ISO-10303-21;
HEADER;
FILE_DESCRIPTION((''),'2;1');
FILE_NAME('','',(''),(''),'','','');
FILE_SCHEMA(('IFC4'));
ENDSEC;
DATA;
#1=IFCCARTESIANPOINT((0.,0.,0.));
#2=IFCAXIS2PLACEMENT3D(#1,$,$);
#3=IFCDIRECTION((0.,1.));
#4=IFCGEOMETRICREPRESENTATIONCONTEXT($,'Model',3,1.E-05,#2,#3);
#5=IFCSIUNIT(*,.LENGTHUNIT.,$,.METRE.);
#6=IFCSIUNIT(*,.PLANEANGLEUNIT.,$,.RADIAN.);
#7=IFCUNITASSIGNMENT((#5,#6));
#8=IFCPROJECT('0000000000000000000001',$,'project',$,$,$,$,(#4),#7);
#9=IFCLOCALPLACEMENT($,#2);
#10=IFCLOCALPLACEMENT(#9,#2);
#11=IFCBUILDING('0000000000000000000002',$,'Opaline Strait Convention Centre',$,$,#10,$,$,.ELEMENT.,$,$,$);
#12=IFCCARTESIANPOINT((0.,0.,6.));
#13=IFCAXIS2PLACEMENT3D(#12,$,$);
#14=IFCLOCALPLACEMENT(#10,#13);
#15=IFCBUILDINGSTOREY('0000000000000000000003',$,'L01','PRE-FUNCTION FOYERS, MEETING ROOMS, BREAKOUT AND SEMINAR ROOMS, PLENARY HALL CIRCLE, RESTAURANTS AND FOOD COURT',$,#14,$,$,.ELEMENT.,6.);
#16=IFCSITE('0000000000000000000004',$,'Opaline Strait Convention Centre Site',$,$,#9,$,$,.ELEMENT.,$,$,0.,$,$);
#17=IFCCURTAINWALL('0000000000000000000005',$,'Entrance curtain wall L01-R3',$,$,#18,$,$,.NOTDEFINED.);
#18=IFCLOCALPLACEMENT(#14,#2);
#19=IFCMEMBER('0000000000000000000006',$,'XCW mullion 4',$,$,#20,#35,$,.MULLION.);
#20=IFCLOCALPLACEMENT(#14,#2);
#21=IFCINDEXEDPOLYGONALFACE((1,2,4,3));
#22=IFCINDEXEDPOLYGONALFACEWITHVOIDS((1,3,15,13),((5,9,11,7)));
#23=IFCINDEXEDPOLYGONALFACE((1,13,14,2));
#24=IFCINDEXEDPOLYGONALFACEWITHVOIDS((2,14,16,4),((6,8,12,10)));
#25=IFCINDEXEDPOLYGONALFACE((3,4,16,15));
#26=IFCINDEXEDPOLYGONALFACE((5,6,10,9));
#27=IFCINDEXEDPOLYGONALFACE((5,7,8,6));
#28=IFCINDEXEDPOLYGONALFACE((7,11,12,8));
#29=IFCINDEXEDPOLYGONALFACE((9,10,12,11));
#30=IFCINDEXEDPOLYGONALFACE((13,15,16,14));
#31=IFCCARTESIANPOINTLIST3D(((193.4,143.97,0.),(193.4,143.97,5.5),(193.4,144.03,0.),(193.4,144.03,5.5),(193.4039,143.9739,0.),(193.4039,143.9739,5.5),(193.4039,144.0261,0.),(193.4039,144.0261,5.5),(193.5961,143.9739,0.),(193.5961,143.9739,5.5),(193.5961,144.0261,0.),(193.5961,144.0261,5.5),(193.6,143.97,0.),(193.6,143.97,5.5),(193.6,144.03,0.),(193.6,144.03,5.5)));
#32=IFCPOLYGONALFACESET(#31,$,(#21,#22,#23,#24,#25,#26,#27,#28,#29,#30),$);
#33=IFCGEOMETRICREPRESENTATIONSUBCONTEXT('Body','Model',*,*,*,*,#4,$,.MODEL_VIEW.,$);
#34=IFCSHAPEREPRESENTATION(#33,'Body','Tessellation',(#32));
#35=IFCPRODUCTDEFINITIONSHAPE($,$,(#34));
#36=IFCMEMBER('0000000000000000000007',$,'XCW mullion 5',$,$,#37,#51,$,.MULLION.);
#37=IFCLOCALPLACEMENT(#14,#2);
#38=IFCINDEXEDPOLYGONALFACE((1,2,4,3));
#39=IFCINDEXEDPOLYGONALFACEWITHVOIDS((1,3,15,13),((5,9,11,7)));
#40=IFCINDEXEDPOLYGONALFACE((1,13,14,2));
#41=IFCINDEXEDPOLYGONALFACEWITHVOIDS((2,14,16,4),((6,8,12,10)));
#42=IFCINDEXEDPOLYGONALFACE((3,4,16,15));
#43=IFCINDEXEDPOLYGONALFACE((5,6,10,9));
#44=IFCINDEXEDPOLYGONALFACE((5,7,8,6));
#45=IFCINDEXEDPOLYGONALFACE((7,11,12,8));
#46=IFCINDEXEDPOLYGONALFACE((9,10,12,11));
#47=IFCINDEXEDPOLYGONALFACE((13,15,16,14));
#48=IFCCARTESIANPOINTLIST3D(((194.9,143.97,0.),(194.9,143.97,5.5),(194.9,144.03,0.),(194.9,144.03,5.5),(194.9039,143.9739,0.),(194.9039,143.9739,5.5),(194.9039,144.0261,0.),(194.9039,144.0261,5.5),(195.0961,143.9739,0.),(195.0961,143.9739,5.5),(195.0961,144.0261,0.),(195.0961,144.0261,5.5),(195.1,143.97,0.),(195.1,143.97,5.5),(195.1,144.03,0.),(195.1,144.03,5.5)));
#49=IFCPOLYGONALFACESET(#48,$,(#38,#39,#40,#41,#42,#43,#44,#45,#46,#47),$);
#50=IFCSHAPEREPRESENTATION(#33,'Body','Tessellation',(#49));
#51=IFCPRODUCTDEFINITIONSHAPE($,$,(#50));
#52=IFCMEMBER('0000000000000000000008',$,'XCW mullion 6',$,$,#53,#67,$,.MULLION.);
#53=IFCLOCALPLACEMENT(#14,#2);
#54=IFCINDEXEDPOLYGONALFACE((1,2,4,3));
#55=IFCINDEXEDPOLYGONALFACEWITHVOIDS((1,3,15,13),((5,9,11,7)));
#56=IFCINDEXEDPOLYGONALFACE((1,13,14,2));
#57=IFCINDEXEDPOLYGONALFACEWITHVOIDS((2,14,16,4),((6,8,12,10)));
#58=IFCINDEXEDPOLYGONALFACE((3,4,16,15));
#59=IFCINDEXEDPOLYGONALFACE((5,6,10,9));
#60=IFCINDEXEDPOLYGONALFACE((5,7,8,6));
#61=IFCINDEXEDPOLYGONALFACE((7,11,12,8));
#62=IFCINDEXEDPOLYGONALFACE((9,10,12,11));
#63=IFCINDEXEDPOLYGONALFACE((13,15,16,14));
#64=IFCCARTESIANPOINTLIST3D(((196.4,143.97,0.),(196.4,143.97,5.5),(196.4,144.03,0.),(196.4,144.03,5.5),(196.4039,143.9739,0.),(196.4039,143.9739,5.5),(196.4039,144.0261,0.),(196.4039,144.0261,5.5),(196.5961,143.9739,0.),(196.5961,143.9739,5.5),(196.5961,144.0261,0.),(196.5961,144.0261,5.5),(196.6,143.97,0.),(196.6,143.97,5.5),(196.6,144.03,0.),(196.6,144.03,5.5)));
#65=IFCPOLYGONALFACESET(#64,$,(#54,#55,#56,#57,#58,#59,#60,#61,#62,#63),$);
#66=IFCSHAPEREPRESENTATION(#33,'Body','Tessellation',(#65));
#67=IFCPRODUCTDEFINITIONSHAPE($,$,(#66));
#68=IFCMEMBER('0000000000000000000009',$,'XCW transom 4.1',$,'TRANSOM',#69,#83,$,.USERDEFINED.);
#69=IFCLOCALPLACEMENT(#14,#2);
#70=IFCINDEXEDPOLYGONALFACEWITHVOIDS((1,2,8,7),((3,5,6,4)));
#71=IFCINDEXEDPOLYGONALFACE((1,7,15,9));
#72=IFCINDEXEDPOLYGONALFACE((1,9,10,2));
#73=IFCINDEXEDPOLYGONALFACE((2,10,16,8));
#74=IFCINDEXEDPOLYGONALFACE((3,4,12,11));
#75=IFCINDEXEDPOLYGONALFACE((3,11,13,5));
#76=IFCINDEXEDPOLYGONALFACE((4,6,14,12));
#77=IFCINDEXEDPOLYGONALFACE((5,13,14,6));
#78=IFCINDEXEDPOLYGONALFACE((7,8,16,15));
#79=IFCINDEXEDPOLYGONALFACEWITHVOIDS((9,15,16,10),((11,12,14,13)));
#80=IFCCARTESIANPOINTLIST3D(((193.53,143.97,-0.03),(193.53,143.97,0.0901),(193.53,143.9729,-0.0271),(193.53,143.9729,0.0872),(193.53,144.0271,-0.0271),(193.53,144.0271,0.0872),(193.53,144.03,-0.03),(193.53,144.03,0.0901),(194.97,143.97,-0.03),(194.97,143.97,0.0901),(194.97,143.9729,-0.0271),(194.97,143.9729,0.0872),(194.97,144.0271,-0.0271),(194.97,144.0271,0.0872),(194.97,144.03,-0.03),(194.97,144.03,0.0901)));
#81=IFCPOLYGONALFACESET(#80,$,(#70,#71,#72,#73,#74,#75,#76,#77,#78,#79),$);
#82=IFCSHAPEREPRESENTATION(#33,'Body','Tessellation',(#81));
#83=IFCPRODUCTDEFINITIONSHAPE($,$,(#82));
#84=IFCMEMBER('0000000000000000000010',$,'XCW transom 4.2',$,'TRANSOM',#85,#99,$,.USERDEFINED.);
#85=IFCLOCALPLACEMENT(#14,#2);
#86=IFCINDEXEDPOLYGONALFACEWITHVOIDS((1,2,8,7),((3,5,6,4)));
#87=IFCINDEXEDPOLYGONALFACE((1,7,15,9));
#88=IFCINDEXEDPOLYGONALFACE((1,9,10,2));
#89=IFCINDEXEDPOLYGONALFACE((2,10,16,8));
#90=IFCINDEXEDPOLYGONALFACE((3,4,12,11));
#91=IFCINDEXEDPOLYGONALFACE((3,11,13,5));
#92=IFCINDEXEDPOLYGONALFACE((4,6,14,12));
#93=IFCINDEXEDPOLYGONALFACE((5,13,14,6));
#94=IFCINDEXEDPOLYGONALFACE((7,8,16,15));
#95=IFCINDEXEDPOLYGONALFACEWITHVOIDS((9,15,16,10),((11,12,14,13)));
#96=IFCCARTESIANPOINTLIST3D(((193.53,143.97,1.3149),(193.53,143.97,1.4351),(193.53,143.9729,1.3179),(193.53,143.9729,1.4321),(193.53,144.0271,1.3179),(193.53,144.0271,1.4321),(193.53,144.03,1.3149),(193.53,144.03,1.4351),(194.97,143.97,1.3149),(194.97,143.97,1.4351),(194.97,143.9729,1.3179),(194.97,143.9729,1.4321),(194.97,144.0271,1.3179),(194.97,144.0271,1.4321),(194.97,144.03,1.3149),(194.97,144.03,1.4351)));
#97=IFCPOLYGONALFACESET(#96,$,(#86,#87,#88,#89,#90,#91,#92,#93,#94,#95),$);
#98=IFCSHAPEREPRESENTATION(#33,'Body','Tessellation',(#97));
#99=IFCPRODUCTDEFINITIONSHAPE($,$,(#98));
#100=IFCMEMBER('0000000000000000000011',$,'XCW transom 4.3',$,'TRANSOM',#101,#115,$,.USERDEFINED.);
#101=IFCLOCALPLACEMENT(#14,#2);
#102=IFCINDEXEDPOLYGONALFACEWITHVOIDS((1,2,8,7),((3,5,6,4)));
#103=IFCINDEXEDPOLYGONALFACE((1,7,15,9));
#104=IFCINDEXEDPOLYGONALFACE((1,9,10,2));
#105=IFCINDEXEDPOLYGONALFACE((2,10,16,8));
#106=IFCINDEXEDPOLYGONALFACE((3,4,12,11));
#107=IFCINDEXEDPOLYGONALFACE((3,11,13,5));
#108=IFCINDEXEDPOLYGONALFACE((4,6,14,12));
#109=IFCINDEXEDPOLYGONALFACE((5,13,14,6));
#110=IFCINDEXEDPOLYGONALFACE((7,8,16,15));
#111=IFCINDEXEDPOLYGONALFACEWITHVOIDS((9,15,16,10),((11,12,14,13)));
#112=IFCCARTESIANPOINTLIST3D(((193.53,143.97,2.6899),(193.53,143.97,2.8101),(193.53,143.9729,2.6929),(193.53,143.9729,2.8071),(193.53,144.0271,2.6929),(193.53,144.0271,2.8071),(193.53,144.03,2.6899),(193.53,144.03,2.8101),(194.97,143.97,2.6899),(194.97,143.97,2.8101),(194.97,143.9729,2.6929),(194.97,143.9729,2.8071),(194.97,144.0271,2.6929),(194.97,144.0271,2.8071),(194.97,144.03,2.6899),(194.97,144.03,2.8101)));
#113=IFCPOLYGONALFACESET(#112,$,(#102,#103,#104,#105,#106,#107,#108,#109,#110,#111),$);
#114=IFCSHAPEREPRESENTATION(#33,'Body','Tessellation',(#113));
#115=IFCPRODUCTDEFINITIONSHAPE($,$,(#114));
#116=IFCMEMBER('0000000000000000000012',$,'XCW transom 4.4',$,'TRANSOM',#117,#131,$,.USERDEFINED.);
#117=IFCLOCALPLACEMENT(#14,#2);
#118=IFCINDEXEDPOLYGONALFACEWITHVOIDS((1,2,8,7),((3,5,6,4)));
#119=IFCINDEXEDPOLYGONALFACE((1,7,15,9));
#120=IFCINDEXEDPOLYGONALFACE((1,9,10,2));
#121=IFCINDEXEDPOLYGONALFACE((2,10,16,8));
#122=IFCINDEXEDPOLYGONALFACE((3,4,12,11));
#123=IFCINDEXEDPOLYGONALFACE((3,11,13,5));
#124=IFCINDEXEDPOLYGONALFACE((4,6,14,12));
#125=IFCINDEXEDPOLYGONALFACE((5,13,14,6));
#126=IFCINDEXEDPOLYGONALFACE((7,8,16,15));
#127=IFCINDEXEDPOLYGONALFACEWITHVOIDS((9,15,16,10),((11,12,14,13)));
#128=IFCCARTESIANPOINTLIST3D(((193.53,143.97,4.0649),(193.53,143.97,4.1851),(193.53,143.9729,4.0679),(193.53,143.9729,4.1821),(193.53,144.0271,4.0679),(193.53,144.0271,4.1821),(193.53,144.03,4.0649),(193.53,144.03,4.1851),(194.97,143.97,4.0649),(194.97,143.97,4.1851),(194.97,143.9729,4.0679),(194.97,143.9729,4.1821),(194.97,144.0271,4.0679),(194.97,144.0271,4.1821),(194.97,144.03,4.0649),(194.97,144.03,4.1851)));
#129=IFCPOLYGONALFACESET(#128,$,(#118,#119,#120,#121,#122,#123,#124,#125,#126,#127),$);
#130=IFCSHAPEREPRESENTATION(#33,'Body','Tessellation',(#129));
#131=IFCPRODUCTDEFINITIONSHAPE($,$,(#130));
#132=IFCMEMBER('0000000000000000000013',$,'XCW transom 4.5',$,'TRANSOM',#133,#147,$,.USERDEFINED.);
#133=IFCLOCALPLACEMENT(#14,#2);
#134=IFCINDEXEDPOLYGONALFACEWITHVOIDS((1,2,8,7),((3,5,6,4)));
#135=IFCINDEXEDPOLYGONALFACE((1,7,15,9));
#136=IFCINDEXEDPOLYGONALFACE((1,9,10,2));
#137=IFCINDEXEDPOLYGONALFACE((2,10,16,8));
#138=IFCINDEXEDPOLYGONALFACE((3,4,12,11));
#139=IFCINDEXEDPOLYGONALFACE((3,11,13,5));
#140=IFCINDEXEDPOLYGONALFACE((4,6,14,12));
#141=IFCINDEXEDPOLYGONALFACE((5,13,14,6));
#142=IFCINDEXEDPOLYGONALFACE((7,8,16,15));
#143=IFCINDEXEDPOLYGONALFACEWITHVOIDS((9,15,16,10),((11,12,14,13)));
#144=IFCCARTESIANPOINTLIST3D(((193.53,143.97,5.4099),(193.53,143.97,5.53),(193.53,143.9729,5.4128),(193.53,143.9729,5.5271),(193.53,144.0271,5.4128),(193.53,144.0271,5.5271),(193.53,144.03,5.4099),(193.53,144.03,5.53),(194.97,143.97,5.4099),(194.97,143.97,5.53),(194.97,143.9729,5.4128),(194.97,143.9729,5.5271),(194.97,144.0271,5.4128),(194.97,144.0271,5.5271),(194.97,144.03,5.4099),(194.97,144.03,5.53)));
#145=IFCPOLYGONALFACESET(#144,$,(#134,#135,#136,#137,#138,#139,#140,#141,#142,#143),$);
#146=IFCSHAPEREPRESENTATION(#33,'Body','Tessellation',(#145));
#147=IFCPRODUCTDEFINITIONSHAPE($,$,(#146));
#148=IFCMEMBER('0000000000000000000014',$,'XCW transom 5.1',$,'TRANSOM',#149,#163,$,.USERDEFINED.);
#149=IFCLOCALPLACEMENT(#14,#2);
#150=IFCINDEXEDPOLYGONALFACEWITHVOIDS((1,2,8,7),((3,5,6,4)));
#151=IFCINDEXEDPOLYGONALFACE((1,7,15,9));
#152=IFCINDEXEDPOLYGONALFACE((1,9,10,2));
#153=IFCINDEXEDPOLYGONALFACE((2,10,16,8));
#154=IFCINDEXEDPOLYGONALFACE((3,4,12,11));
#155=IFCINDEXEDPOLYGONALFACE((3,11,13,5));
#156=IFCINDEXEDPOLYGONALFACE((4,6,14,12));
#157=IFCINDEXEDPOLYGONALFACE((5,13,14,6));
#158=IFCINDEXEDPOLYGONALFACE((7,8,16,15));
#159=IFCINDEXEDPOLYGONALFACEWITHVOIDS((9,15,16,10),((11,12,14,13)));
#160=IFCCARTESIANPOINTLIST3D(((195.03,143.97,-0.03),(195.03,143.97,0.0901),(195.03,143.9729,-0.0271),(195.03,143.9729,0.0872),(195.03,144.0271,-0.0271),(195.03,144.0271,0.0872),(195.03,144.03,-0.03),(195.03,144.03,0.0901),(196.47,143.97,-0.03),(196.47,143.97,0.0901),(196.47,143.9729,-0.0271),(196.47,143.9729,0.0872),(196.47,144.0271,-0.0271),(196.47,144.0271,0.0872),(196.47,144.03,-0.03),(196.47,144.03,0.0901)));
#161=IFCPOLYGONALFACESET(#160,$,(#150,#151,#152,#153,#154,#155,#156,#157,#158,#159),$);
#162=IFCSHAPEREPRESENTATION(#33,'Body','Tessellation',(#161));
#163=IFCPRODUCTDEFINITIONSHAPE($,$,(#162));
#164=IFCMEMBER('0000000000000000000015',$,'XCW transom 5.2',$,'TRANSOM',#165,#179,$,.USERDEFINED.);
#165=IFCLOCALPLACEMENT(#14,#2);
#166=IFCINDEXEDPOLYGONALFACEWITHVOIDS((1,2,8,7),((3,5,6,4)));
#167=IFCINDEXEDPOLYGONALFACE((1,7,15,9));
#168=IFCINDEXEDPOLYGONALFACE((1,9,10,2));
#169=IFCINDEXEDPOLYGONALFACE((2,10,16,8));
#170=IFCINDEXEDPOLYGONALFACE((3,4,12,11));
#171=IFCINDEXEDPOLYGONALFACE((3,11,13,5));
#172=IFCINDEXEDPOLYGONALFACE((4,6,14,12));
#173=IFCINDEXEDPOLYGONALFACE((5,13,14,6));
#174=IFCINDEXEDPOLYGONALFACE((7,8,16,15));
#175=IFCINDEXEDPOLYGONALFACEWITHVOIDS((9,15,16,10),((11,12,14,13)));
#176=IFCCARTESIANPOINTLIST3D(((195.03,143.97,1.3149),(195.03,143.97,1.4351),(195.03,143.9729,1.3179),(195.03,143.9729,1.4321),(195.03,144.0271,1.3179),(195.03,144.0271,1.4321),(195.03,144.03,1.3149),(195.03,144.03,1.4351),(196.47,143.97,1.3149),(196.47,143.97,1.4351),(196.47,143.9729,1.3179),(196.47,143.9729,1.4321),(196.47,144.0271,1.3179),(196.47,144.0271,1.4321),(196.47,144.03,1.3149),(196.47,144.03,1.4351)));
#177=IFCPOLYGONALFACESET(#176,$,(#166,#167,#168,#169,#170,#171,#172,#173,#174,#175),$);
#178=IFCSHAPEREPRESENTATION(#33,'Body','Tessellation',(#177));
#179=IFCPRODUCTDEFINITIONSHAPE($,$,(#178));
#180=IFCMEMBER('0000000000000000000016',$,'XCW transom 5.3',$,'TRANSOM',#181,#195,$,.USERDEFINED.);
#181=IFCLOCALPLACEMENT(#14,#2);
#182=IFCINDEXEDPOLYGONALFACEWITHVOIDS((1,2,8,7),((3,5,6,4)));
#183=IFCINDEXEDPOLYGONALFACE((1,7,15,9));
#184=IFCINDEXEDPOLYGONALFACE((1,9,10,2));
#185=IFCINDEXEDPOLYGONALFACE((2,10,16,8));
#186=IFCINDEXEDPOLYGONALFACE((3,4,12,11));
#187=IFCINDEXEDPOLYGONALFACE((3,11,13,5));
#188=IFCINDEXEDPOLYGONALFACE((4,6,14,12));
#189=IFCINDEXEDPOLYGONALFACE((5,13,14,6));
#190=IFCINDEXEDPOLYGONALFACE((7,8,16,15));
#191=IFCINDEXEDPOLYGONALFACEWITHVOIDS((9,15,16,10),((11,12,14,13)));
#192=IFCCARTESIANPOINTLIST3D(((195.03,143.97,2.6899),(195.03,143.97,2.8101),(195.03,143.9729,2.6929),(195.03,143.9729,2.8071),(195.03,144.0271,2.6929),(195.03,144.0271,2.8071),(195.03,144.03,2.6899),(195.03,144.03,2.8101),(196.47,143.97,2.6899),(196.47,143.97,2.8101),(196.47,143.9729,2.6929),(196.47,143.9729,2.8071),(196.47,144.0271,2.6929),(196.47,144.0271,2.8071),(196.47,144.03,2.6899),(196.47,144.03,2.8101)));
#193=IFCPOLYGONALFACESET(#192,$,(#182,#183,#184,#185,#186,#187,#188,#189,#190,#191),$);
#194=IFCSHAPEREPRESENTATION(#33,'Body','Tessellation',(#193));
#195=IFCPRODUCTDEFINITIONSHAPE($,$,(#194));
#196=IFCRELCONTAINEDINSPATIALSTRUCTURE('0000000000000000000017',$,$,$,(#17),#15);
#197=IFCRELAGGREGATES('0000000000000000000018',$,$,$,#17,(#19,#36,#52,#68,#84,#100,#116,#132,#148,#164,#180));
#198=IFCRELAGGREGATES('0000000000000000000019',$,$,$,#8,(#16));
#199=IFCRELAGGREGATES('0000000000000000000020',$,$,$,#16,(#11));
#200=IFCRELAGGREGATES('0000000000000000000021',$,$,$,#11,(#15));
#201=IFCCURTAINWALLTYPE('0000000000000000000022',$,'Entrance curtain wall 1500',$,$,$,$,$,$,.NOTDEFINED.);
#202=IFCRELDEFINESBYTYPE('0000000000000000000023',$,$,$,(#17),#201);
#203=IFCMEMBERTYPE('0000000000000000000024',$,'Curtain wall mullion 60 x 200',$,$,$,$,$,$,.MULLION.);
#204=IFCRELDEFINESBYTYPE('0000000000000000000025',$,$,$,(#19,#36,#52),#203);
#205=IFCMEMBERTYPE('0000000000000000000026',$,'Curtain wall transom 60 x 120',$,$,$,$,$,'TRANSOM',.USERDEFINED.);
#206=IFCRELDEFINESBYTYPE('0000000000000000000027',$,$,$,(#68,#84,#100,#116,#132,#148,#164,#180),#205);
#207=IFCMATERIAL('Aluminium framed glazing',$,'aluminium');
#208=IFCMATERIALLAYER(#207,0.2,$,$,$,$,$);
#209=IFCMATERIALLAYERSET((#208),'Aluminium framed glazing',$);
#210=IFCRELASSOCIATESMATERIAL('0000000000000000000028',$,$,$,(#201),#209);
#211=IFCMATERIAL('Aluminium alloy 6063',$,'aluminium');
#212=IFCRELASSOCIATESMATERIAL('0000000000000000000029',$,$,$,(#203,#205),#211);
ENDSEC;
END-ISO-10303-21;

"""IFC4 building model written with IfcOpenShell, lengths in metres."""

from ifc_helpers import new_model, si_unit, direction, frame, origin, origin_2d, place, context, subcontext, project, spatial, hollow_rectangle, extrude, material, layer, layer_set, material_profile, profile_set, type_object, element, aggregate, save


model = new_model("IFC4")

# Units and contexts
model_context = context("Model", 3, precision=1e-05, world=origin(), true_north=direction((0.0, 1.0)))
body_context = subcontext(model_context, "Body", "Model", "MODEL_VIEW")
ifc_project = project(units=[si_unit("LENGTHUNIT", "METRE"), si_unit("PLANEANGLEUNIT", "RADIAN")], contexts=[model_context])

# Site, building, storey
site_placement = place(None, origin())
site = spatial("IfcSite", under=ifc_project, at=site_placement, Name="Opaline Strait Convention Centre Site", CompositionType="ELEMENT", RefElevation=0.0)
building_placement = place(site_placement, origin())
building = spatial("IfcBuilding", under=site, at=building_placement, Name="Opaline Strait Convention Centre", CompositionType="ELEMENT")
storey_placement = place(building_placement, frame((0.0, 0.0, 6.0)))
storey = spatial("IfcBuildingStorey", under=building, at=storey_placement, Name="L01", Description="PRE-FUNCTION FOYERS, MEETING ROOMS, BREAKOUT AND SEMINAR ROOMS, PLENARY HALL CIRCLE, RESTAURANTS AND FOOD COURT", CompositionType="ELEMENT", Elevation=6.0)

# Curtain wall, members
ifc_material_1 = material(Name="Aluminium framed glazing", Category="aluminium")
ifc_layer_1 = layer(ifc_material_1, 0.2)
ifc_layer_set_1 = layer_set([ifc_layer_1], Name="Aluminium framed glazing")
curtain_wall_type = type_object("IfcCurtainWallType", Name="Entrance curtain wall 1500", PredefinedType="NOTDEFINED", material=ifc_layer_set_1)
curtain_wall_placement = place(storey_placement, origin())
curtain_wall = element("IfcCurtainWall", 1, at=curtain_wall_placement, inside=storey, type_object=curtain_wall_type, Name="Entrance curtain wall L01-R3", PredefinedType="NOTDEFINED")
ifc_material_2 = material(Name="Aluminium alloy 6063", Category="aluminium")
ifc_material_profile_1 = material_profile(ifc_material_2, hollow_rectangle(XDim=0.0601, YDim=0.2, WallThickness=0.0039, at=origin_2d()), Name="MULLION 60x200x4")
ifc_profile_set_1 = profile_set([ifc_material_profile_1], Name="Aluminium alloy 6063")
member_type_1 = type_object("IfcMemberType", Name="Curtain wall mullion 60 x 200", PredefinedType="MULLION", material=ifc_profile_set_1)
member_1_placement = place(storey_placement, frame((193.5, 144.0, 0.0), z_axis=(0.0, 0.0, 1.0), x_axis=(0.0, 1.0, 0.0)))
member_1 = element("IfcMember", 2, at=member_1_placement, type_object=member_type_1, Name="XCW mullion 4", PredefinedType="MULLION", context=body_context, shape_type="SweptSolid", body=[
    extrude(hollow_rectangle(XDim=0.0601, YDim=0.2, WallThickness=0.0039, at=origin_2d()), origin(), (0.0, 0.0, 1.0), 5.5),
])
member_2_placement = place(storey_placement, frame((195.0, 144.0, 0.0), z_axis=(0.0, 0.0, 1.0), x_axis=(0.0, 1.0, 0.0)))
member_2 = element("IfcMember", 3, at=member_2_placement, type_object=member_type_1, Name="XCW mullion 5", PredefinedType="MULLION", context=body_context, shape_type="SweptSolid", body=[
    extrude(hollow_rectangle(XDim=0.0601, YDim=0.2, WallThickness=0.0039, at=origin_2d()), origin(), (0.0, 0.0, 1.0), 5.5),
])
member_3_placement = place(storey_placement, frame((196.5, 144.0, 0.0), z_axis=(0.0, 0.0, 1.0), x_axis=(0.0, 1.0, 0.0)))
member_3 = element("IfcMember", 4, at=member_3_placement, type_object=member_type_1, Name="XCW mullion 6", PredefinedType="MULLION", context=body_context, shape_type="SweptSolid", body=[
    extrude(hollow_rectangle(XDim=0.0601, YDim=0.2, WallThickness=0.0039, at=origin_2d()), origin(), (0.0, 0.0, 1.0), 5.5),
])
ifc_material_profile_2 = material_profile(ifc_material_2, hollow_rectangle(XDim=0.0601, YDim=0.1201, WallThickness=0.0029, at=origin_2d()), Name="TRANSOM 60x120x3")
ifc_profile_set_2 = profile_set([ifc_material_profile_2], Name="Aluminium alloy 6063")
member_type_2 = type_object("IfcMemberType", Name="Curtain wall transom 60 x 120", ElementType="TRANSOM", PredefinedType="USERDEFINED", material=ifc_profile_set_2)
member_4_placement = place(storey_placement, frame((193.53, 144.0, 0.03), z_axis=(1.0, 0.0, 0.0), x_axis=(0.0, 1.0, 0.0)))
member_4 = element("IfcMember", 5, at=member_4_placement, type_object=member_type_2, Name="XCW transom 4.1", ObjectType="TRANSOM", PredefinedType="USERDEFINED", context=body_context, shape_type="SweptSolid", body=[
    extrude(hollow_rectangle(XDim=0.0601, YDim=0.1201, WallThickness=0.0029, at=origin_2d()), origin(), (0.0, 0.0, 1.0), 1.4399),
])
member_5_placement = place(storey_placement, frame((193.53, 144.0, 1.375), z_axis=(1.0, 0.0, 0.0), x_axis=(0.0, 1.0, 0.0)))
member_5 = element("IfcMember", 6, at=member_5_placement, type_object=member_type_2, Name="XCW transom 4.2", ObjectType="TRANSOM", PredefinedType="USERDEFINED", context=body_context, shape_type="SweptSolid", body=[
    extrude(hollow_rectangle(XDim=0.0601, YDim=0.1201, WallThickness=0.0029, at=origin_2d()), origin(), (0.0, 0.0, 1.0), 1.4399),
])
member_6_placement = place(storey_placement, frame((193.53, 144.0, 2.75), z_axis=(1.0, 0.0, 0.0), x_axis=(0.0, 1.0, 0.0)))
member_6 = element("IfcMember", 7, at=member_6_placement, type_object=member_type_2, Name="XCW transom 4.3", ObjectType="TRANSOM", PredefinedType="USERDEFINED", context=body_context, shape_type="SweptSolid", body=[
    extrude(hollow_rectangle(XDim=0.0601, YDim=0.1201, WallThickness=0.0029, at=origin_2d()), origin(), (0.0, 0.0, 1.0), 1.4399),
])
member_7_placement = place(storey_placement, frame((193.53, 144.0, 4.125), z_axis=(1.0, 0.0, 0.0), x_axis=(0.0, 1.0, 0.0)))
member_7 = element("IfcMember", 8, at=member_7_placement, type_object=member_type_2, Name="XCW transom 4.4", ObjectType="TRANSOM", PredefinedType="USERDEFINED", context=body_context, shape_type="SweptSolid", body=[
    extrude(hollow_rectangle(XDim=0.0601, YDim=0.1201, WallThickness=0.0029, at=origin_2d()), origin(), (0.0, 0.0, 1.0), 1.4399),
])
member_8_placement = place(storey_placement, frame((193.53, 144.0, 5.47), z_axis=(1.0, 0.0, 0.0), x_axis=(0.0, 1.0, 0.0)))
member_8 = element("IfcMember", 9, at=member_8_placement, type_object=member_type_2, Name="XCW transom 4.5", ObjectType="TRANSOM", PredefinedType="USERDEFINED", context=body_context, shape_type="SweptSolid", body=[
    extrude(hollow_rectangle(XDim=0.0601, YDim=0.1201, WallThickness=0.0029, at=origin_2d()), origin(), (0.0, 0.0, 1.0), 1.4399),
])
member_9_placement = place(storey_placement, frame((195.03, 144.0, 0.03), z_axis=(1.0, 0.0, 0.0), x_axis=(0.0, 1.0, 0.0)))
member_9 = element("IfcMember", 10, at=member_9_placement, type_object=member_type_2, Name="XCW transom 5.1", ObjectType="TRANSOM", PredefinedType="USERDEFINED", context=body_context, shape_type="SweptSolid", body=[
    extrude(hollow_rectangle(XDim=0.0601, YDim=0.1201, WallThickness=0.0029, at=origin_2d()), origin(), (0.0, 0.0, 1.0), 1.4399),
])
member_10_placement = place(storey_placement, frame((195.03, 144.0, 1.375), z_axis=(1.0, 0.0, 0.0), x_axis=(0.0, 1.0, 0.0)))
member_10 = element("IfcMember", 11, at=member_10_placement, type_object=member_type_2, Name="XCW transom 5.2", ObjectType="TRANSOM", PredefinedType="USERDEFINED", context=body_context, shape_type="SweptSolid", body=[
    extrude(hollow_rectangle(XDim=0.0601, YDim=0.1201, WallThickness=0.0029, at=origin_2d()), origin(), (0.0, 0.0, 1.0), 1.4399),
])
member_11_placement = place(storey_placement, frame((195.03, 144.0, 2.75), z_axis=(1.0, 0.0, 0.0), x_axis=(0.0, 1.0, 0.0)))
member_11 = element("IfcMember", 12, at=member_11_placement, type_object=member_type_2, Name="XCW transom 5.3", ObjectType="TRANSOM", PredefinedType="USERDEFINED", context=body_context, shape_type="SweptSolid", body=[
    extrude(hollow_rectangle(XDim=0.0601, YDim=0.1201, WallThickness=0.0029, at=origin_2d()), origin(), (0.0, 0.0, 1.0), 1.4399),
])
aggregate(curtain_wall, [member_1, member_2, member_3, member_4, member_5, member_6, member_7, member_8, member_9, member_10, member_11])

save(model, "model.ifc")
